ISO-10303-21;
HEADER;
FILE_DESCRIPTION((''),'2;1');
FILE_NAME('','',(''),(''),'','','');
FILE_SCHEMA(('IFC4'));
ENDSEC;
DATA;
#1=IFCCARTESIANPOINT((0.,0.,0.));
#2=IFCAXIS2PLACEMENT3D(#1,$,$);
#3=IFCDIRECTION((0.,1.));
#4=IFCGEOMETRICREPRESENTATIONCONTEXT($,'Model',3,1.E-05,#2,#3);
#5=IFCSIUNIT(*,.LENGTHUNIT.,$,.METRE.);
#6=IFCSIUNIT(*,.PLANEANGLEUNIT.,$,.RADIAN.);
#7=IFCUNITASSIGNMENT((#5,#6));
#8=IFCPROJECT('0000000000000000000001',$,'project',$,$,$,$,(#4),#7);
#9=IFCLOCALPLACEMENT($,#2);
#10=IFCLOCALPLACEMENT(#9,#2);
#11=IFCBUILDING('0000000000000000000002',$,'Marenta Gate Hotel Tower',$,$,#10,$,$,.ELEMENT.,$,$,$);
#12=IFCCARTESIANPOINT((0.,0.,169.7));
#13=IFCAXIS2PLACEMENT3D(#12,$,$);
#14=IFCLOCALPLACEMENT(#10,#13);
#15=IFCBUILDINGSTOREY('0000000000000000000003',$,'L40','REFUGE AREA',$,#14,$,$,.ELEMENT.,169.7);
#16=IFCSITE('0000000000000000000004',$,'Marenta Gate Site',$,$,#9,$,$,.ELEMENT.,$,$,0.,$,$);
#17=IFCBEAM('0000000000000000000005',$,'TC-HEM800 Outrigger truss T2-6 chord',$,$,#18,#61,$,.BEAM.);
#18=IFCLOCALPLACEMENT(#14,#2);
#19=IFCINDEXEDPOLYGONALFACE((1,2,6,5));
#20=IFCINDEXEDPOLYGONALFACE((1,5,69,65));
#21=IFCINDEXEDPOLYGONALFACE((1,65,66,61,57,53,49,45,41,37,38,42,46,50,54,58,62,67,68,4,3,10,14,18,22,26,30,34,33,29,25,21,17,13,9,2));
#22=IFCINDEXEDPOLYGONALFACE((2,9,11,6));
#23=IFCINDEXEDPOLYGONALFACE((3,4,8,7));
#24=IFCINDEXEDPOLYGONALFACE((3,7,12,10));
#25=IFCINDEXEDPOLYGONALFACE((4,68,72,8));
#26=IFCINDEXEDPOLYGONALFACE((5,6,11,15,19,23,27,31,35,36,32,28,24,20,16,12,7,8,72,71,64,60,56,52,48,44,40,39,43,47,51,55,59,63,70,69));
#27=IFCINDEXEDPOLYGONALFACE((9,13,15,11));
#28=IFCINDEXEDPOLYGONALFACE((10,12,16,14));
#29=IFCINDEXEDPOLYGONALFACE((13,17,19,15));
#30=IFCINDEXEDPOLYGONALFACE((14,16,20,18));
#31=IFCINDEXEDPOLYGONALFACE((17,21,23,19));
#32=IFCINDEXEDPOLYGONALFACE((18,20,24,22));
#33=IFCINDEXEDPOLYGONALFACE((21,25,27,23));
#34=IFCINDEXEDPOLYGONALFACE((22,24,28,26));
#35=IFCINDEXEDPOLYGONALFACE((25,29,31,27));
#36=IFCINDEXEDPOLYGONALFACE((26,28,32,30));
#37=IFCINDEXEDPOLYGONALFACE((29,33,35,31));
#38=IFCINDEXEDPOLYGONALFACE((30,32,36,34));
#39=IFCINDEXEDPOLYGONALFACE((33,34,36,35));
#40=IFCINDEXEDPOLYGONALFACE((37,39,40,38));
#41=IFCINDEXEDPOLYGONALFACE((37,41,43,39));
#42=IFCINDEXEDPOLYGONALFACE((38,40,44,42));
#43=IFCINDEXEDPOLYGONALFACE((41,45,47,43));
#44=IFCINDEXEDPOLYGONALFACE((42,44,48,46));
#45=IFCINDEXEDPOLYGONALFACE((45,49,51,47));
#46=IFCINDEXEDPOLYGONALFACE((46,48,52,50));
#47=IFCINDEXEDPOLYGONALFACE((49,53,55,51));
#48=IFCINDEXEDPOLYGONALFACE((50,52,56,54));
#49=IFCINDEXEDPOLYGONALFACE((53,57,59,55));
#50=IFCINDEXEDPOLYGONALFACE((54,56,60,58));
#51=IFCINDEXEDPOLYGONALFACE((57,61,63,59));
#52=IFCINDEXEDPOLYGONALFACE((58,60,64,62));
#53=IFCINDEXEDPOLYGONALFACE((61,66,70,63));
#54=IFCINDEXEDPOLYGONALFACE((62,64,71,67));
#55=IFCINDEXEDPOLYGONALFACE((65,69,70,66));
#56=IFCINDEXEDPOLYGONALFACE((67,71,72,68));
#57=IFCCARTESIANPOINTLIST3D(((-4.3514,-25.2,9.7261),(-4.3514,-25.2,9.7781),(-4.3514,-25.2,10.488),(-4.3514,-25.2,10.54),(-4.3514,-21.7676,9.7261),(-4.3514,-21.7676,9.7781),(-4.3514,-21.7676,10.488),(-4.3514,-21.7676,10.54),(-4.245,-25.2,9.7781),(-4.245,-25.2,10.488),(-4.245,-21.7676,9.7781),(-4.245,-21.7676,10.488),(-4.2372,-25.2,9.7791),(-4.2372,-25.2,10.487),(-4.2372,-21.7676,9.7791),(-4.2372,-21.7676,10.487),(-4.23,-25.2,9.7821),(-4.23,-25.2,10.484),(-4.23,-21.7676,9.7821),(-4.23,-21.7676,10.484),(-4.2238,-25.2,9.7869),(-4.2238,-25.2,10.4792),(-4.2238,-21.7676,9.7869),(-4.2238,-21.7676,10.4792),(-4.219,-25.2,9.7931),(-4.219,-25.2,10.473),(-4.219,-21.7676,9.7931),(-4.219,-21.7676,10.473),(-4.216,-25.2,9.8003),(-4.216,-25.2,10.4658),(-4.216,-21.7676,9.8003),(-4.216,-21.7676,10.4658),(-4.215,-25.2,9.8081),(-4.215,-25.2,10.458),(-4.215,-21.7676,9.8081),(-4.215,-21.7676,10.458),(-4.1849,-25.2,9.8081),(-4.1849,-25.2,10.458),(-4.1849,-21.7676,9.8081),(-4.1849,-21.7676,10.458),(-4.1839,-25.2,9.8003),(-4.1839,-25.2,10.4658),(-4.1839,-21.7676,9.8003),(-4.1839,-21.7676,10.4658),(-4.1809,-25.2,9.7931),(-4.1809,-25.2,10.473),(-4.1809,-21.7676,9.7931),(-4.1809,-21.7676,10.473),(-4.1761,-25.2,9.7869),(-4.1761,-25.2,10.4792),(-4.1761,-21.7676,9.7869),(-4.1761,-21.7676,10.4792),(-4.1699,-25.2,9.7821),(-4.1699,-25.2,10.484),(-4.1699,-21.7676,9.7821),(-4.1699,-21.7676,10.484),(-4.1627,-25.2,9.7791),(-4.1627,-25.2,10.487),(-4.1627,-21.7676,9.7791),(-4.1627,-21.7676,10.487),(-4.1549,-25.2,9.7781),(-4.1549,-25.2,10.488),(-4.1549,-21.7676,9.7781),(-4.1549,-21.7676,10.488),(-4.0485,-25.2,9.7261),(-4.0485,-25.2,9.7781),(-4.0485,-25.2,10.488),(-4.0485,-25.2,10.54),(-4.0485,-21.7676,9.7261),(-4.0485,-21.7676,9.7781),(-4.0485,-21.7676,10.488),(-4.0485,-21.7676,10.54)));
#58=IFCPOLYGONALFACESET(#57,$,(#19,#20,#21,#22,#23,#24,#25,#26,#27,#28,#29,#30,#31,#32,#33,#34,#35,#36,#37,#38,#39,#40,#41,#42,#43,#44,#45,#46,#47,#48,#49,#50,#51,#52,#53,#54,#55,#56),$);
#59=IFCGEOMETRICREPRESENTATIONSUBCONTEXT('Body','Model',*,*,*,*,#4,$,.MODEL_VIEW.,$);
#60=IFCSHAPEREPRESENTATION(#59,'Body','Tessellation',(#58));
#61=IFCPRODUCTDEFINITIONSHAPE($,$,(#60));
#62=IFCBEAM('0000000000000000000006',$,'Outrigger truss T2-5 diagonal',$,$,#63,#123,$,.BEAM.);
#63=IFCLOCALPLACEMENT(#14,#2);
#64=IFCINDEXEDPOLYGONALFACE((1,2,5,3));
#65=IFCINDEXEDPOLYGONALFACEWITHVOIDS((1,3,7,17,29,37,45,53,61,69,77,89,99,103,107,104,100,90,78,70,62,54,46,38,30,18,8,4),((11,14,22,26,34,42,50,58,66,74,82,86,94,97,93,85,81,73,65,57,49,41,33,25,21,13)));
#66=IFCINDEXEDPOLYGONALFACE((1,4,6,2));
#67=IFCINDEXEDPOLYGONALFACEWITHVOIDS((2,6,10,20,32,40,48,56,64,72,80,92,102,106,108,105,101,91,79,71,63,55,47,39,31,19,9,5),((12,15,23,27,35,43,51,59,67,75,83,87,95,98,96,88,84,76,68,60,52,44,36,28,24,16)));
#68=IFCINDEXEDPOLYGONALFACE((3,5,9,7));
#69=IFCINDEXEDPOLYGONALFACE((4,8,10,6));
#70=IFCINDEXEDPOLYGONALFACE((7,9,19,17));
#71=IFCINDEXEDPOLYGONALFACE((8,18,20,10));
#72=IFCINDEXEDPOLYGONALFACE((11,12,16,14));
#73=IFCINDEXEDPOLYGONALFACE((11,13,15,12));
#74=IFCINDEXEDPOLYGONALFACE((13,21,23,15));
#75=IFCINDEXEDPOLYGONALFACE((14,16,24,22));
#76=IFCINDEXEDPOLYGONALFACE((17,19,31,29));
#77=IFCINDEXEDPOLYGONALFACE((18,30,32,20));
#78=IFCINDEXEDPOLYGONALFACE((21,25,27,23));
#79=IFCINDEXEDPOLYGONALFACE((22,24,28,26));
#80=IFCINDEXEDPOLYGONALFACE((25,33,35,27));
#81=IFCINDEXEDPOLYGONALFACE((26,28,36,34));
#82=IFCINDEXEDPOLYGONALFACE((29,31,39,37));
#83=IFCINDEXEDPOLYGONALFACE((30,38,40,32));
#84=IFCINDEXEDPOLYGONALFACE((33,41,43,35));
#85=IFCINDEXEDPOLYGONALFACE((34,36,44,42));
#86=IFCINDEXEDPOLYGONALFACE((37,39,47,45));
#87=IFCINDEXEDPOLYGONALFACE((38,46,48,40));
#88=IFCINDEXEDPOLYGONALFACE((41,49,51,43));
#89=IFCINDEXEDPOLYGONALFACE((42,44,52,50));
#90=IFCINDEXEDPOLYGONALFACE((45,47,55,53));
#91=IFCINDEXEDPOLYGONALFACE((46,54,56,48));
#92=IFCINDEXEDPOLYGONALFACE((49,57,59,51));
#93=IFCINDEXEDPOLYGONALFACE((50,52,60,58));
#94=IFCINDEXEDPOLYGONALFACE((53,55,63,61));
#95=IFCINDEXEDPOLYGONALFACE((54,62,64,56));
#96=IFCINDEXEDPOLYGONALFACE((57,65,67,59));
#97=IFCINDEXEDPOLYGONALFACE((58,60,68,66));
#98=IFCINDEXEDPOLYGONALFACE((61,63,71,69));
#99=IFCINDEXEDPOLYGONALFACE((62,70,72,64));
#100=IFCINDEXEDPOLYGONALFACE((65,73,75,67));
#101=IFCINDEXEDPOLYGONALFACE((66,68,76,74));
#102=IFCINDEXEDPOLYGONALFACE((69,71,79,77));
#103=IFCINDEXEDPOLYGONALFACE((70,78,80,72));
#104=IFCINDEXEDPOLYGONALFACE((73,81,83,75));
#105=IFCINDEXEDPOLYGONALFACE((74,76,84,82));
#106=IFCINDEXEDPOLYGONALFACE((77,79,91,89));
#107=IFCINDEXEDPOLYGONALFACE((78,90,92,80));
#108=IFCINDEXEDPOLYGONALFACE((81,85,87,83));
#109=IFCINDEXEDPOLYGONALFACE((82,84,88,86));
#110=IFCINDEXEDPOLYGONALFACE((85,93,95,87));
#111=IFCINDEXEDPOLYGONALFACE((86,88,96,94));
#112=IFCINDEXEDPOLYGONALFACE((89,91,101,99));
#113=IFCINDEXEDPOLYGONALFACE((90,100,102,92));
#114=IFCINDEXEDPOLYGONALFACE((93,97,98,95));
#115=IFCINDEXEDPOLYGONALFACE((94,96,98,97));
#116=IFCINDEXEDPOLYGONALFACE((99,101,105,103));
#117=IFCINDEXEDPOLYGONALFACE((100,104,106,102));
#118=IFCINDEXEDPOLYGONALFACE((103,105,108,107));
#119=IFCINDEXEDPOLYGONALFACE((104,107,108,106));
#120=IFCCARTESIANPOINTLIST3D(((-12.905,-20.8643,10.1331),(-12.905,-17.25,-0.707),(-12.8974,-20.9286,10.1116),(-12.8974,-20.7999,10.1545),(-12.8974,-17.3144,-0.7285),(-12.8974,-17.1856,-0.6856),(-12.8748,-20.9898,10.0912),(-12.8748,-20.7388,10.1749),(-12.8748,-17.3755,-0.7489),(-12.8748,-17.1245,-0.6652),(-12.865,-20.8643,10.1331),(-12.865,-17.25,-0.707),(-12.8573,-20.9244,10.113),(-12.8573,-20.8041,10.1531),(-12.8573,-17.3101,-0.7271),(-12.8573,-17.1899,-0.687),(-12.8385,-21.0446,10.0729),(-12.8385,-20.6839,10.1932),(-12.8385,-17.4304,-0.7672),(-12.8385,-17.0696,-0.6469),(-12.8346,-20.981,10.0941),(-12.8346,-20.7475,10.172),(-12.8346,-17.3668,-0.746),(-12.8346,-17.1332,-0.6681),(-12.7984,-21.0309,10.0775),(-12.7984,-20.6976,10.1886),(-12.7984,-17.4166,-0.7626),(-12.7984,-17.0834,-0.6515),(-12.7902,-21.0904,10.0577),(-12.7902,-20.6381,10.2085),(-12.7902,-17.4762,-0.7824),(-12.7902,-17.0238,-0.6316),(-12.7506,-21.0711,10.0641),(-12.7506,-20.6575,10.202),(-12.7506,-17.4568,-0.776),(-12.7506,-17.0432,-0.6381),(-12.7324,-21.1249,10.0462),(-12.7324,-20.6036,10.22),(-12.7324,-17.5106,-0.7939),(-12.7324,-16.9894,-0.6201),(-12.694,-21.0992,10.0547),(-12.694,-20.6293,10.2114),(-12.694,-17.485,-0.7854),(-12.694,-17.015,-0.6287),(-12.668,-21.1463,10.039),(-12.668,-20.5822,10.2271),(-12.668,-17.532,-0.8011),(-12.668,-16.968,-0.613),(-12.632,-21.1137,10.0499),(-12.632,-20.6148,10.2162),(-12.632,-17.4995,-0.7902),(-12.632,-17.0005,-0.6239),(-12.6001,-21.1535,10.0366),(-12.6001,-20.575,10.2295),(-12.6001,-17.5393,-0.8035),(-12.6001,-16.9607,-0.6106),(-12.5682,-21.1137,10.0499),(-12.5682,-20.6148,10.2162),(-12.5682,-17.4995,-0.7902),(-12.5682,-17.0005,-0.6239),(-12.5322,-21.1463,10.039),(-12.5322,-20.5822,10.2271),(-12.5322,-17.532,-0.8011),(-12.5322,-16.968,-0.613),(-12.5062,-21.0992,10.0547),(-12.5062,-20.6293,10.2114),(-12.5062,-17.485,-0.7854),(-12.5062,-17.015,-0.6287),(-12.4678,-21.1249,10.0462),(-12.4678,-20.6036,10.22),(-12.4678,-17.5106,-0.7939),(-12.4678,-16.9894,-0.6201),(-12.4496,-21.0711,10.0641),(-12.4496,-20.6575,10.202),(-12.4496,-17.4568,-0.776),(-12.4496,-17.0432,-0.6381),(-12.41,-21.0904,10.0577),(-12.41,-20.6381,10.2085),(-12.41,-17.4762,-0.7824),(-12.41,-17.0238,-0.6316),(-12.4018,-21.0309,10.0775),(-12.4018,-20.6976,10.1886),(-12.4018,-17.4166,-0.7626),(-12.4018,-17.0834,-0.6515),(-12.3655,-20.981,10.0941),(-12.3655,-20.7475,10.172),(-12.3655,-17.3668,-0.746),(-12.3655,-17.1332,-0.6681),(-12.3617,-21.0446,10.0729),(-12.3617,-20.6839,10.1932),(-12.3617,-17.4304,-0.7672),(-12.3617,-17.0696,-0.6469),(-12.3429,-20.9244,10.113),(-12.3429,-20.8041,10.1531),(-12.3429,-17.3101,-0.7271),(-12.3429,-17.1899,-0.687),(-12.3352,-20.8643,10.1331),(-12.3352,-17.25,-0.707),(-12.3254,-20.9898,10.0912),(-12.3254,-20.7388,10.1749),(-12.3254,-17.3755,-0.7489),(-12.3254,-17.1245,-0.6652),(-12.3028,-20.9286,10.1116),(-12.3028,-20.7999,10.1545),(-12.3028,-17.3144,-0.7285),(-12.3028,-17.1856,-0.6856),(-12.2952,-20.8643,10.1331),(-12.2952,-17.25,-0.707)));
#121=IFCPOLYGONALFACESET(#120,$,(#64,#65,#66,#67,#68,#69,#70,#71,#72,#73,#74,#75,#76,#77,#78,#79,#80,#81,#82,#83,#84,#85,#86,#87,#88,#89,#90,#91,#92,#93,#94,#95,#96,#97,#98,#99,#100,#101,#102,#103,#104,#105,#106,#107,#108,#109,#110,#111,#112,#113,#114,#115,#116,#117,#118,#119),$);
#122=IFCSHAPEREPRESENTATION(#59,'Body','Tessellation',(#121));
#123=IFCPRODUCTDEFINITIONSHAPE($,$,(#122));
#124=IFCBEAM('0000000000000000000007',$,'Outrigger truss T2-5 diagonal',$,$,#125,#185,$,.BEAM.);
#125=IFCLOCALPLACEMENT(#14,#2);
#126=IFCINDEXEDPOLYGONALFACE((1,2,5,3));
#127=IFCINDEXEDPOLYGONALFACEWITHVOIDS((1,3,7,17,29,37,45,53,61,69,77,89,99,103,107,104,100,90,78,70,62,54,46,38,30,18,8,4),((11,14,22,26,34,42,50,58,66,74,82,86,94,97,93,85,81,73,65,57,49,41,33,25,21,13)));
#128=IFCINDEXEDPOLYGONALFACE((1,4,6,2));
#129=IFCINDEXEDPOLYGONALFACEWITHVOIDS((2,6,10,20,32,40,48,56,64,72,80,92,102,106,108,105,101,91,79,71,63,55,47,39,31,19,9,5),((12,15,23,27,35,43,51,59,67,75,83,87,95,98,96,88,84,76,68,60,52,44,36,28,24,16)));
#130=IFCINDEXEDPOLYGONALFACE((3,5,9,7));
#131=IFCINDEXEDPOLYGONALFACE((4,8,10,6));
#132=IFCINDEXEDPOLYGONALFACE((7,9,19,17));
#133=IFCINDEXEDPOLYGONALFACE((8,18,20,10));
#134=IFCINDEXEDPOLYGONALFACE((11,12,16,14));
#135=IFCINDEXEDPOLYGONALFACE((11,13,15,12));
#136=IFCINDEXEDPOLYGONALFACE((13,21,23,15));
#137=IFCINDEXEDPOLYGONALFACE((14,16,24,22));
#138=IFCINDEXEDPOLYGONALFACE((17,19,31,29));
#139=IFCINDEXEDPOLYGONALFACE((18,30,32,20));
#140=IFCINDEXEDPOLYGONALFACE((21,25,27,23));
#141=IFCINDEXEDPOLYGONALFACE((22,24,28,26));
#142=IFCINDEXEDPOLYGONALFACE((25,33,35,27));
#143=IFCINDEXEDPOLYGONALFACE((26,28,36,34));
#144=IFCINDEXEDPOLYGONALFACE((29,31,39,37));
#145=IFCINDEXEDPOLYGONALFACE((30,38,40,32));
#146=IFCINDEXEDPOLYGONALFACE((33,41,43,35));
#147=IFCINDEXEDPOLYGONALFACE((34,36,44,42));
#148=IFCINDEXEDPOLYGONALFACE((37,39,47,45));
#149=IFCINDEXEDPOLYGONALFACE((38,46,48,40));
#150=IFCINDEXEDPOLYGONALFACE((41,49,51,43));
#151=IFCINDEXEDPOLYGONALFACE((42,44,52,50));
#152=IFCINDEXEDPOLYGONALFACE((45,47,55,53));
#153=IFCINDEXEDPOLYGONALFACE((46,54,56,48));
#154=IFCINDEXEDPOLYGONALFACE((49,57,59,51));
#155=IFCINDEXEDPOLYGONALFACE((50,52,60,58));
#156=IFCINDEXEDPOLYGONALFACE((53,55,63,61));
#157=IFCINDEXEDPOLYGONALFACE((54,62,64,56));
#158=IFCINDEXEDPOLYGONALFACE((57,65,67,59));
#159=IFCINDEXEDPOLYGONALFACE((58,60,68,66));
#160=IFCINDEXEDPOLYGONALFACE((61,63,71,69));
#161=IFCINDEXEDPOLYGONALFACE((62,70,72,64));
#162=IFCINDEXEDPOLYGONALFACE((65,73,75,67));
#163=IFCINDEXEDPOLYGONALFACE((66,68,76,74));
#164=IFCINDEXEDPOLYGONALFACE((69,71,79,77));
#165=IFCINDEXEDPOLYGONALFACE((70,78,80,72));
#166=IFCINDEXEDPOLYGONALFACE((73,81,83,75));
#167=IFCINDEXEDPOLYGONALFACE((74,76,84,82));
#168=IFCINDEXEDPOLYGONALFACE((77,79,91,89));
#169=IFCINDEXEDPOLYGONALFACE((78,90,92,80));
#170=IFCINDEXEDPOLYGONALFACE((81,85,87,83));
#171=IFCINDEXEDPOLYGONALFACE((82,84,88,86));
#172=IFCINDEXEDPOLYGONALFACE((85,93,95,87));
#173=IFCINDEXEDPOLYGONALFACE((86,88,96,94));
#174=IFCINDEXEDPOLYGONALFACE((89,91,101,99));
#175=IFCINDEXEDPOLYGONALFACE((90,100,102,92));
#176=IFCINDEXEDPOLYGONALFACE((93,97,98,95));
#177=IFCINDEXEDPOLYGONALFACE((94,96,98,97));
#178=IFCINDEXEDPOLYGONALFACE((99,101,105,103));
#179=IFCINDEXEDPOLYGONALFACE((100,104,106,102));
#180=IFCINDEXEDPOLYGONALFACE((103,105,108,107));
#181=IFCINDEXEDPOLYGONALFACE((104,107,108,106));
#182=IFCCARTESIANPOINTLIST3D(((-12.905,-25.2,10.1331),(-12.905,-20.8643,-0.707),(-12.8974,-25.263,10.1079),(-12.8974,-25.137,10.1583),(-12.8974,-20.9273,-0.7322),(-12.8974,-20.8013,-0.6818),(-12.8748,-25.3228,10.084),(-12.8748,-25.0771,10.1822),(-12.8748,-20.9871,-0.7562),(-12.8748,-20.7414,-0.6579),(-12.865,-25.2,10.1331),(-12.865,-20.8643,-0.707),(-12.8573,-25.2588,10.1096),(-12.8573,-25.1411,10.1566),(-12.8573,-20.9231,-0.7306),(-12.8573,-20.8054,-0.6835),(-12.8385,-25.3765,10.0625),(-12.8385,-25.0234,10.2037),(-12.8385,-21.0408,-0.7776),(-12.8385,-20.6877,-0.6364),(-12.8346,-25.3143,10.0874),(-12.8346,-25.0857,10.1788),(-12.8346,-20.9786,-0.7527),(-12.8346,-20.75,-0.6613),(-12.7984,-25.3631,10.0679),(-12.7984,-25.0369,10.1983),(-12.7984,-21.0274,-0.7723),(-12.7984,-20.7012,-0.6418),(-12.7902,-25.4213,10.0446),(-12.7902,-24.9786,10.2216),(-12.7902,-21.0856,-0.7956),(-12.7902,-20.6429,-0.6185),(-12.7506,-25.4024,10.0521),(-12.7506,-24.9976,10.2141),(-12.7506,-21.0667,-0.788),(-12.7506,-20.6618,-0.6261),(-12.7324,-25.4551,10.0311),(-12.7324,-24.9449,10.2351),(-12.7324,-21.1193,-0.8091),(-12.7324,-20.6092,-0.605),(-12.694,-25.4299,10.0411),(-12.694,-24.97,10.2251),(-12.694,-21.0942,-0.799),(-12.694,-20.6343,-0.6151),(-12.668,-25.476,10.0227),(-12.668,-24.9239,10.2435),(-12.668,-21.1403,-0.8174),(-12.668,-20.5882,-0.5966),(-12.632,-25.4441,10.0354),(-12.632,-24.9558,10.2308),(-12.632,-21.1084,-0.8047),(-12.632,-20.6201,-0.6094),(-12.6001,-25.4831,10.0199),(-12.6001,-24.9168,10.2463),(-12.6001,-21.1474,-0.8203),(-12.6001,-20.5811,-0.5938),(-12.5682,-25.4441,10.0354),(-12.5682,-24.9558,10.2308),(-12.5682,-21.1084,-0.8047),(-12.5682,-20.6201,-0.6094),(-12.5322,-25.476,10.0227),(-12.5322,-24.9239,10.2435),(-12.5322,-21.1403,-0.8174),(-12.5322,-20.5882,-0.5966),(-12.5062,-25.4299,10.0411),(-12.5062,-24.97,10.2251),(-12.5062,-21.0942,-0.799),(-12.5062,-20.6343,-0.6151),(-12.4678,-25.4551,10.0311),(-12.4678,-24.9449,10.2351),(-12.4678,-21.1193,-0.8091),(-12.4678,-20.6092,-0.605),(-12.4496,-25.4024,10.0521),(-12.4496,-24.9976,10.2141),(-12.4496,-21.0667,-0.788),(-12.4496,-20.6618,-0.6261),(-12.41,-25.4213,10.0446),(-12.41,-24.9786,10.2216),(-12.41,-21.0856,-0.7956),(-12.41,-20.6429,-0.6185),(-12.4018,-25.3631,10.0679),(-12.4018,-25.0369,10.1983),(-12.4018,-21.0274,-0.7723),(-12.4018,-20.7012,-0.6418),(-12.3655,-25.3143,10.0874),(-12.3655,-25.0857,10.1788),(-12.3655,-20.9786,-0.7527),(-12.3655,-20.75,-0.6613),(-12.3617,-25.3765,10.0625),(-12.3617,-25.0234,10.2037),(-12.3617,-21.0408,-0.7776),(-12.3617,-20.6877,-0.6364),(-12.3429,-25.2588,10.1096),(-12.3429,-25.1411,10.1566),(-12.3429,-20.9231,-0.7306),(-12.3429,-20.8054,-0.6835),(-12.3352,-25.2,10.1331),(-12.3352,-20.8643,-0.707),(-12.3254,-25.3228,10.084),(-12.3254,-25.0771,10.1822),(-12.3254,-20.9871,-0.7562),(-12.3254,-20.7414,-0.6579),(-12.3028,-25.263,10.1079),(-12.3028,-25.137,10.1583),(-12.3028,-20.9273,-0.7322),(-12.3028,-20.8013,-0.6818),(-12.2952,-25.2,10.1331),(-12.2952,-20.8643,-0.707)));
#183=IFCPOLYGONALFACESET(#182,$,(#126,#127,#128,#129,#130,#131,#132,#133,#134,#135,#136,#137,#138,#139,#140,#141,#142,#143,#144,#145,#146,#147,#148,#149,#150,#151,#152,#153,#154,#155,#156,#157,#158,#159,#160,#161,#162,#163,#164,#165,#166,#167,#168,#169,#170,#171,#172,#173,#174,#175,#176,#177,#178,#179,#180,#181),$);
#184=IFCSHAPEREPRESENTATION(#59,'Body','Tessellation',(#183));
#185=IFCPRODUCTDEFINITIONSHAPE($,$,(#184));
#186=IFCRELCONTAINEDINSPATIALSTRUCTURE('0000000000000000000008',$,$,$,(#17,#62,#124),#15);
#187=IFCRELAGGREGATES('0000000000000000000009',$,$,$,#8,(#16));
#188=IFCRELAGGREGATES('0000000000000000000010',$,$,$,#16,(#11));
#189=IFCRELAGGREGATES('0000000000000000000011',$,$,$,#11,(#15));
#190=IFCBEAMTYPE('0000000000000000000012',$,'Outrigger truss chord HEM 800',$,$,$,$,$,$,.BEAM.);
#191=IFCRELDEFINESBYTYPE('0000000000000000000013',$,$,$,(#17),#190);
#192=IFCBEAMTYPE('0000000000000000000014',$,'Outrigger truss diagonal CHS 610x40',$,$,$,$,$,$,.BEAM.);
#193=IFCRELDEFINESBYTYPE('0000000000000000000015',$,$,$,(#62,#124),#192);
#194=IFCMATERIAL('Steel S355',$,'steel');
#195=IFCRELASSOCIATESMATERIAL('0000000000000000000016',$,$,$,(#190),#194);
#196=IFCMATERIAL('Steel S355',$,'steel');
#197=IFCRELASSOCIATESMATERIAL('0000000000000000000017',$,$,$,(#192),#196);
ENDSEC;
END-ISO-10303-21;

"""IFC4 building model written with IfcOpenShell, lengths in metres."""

from ifc_helpers import new_model, si_unit, direction, frame, origin, origin_2d, place, context, subcontext, project, spatial, hollow_circle, i_section, extrude, material, material_profile, profile_set, type_object, element, save


model = new_model("IFC4")

# Units and contexts
model_context = context("Model", 3, precision=1e-05, world=origin(), true_north=direction((0.0, 1.0)))
body_context = subcontext(model_context, "Body", "Model", "MODEL_VIEW")
ifc_project = project(units=[si_unit("LENGTHUNIT", "METRE"), si_unit("PLANEANGLEUNIT", "RADIAN")], contexts=[model_context])

# Site, building, storey
site_placement = place(None, origin())
site = spatial("IfcSite", under=ifc_project, at=site_placement, Name="Marenta Gate Site", CompositionType="ELEMENT", RefElevation=0.0)
building_placement = place(site_placement, origin())
building = spatial("IfcBuilding", under=site, at=building_placement, Name="Marenta Gate Hotel Tower", CompositionType="ELEMENT")
storey_placement = place(building_placement, frame((0.0, 0.0, 169.7)))
storey = spatial("IfcBuildingStorey", under=building, at=storey_placement, Name="L40", Description="REFUGE AREA", CompositionType="ELEMENT", Elevation=169.7)

# Beams
ifc_material_1 = material(Name="Steel S355", Category="steel")
ifc_material_profile_1 = material_profile(ifc_material_1, i_section(OverallWidth=0.303, OverallDepth=0.814, WebThickness=0.03, FlangeThickness=0.052, FilletRadius=0.03, at=origin_2d()), Name="HEM 800")
ifc_profile_set_1 = profile_set([ifc_material_profile_1], Name="Steel S355")
beam_type_1 = type_object("IfcBeamType", Name="Outrigger truss chord HEM 800", PredefinedType="BEAM", material=ifc_profile_set_1)
beam_1_placement = place(storey_placement, frame((-4.2, -21.7676, 10.1331), z_axis=(0.0, -1.0, 0.0), x_axis=(1.0, 0.0, 0.0)))
element("IfcBeam", 1, at=beam_1_placement, inside=storey, type_object=beam_type_1, Name="TC-HEM800 Outrigger truss T2-6 chord", PredefinedType="BEAM", context=body_context, shape_type="SweptSolid", body=[
    extrude(i_section(OverallWidth=0.303, OverallDepth=0.814, WebThickness=0.03, FlangeThickness=0.052, FilletRadius=0.03, at=origin_2d()), origin(), (0.0, 0.0, 1.0), 3.4324),
])
ifc_material_2 = material(Name="Steel S355", Category="steel")
ifc_material_profile_2 = material_profile(ifc_material_2, hollow_circle(Radius=0.3049, WallThickness=0.04, at=origin_2d()), Name="CHS 610x40")
ifc_profile_set_2 = profile_set([ifc_material_profile_2], Name="Steel S355")
beam_type_2 = type_object("IfcBeamType", Name="Outrigger truss diagonal CHS 610x40", PredefinedType="BEAM", material=ifc_profile_set_2)
beam_2_placement = place(storey_placement, frame((-12.6001, -17.25, -0.707), z_axis=(0.0, -0.316298, 0.94866), x_axis=(1.0, 0.0, 0.0)))
element("IfcBeam", 2, at=beam_2_placement, inside=storey, type_object=beam_type_2, Name="Outrigger truss T2-5 diagonal", PredefinedType="BEAM", context=body_context, shape_type="SweptSolid", body=[
    extrude(hollow_circle(Radius=0.3049, WallThickness=0.04, at=origin_2d()), origin(), (0.0, 0.0, 1.0), 11.4268),
])
beam_3_placement = place(storey_placement, frame((-12.6001, -20.8643, -0.707), z_axis=(0.0, -0.371365, 0.928487), x_axis=(1.0, 0.0, 0.0)))
element("IfcBeam", 3, at=beam_3_placement, inside=storey, type_object=beam_type_2, Name="Outrigger truss T2-5 diagonal", PredefinedType="BEAM", context=body_context, shape_type="SweptSolid", body=[
    extrude(hollow_circle(Radius=0.3049, WallThickness=0.04, at=origin_2d()), origin(), (0.0, 0.0, 1.0), 11.675),
])

save(model, "model.ifc")
